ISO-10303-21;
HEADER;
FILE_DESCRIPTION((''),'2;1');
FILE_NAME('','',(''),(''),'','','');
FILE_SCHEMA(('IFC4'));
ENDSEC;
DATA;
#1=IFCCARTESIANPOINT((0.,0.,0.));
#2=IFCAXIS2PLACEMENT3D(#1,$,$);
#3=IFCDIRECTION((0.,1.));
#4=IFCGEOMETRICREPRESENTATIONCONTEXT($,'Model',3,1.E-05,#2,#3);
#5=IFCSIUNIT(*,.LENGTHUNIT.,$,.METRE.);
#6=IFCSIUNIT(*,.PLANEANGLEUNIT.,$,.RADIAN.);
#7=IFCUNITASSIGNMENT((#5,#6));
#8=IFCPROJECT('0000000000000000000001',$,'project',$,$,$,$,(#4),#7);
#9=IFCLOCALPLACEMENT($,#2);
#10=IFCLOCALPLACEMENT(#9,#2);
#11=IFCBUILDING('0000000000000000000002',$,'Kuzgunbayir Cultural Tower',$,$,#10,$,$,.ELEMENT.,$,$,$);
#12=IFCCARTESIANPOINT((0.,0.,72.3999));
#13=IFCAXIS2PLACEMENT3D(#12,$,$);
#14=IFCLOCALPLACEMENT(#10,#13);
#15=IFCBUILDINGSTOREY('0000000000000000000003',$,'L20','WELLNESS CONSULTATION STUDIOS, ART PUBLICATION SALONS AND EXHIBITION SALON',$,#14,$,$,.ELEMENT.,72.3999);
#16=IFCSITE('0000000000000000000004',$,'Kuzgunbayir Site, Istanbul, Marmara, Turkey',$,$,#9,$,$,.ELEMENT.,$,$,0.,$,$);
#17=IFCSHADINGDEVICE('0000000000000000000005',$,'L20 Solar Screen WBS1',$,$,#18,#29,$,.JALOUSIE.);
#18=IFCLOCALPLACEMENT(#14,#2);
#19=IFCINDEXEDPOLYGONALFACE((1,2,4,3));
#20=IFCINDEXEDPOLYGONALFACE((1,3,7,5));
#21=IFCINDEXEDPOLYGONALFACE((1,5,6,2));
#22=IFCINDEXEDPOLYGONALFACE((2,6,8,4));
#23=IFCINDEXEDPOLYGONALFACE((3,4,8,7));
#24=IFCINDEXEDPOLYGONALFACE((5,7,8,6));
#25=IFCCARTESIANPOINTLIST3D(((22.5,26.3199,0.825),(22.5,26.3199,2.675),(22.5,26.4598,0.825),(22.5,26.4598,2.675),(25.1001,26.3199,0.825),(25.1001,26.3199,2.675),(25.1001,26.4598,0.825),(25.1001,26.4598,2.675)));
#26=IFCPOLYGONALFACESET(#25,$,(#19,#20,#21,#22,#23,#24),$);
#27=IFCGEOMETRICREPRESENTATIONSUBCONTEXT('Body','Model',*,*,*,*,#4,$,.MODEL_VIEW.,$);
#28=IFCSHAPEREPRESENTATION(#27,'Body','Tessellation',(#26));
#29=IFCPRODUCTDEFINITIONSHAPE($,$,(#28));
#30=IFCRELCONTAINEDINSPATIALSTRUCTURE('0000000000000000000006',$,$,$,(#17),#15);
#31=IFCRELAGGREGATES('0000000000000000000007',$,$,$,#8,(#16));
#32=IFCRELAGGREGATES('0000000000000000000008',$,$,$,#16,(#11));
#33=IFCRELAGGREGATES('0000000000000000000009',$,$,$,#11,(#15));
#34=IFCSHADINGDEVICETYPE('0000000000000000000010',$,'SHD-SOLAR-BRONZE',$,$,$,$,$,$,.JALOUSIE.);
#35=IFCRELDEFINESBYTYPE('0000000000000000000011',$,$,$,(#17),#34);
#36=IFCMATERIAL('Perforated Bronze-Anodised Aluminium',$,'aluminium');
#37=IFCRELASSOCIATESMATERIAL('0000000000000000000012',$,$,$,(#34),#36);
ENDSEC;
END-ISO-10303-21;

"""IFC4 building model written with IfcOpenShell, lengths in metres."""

from ifc_helpers import new_model, si_unit, direction, frame, origin, origin_2d, place, context, subcontext, project, spatial, rectangle, extrude, material, type_object, element, save


model = new_model("IFC4")

# Units and contexts
model_context = context("Model", 3, precision=1e-05, world=origin(), true_north=direction((0.0, 1.0)))
body_context = subcontext(model_context, "Body", "Model", "MODEL_VIEW")
ifc_project = project(units=[si_unit("LENGTHUNIT", "METRE"), si_unit("PLANEANGLEUNIT", "RADIAN")], contexts=[model_context])

# Site, building, storey
site_placement = place(None, origin())
site = spatial("IfcSite", under=ifc_project, at=site_placement, Name="Kuzgunbayir Site, Istanbul, Marmara, Turkey", CompositionType="ELEMENT", RefElevation=0.0)
building_placement = place(site_placement, origin())
building = spatial("IfcBuilding", under=site, at=building_placement, Name="Kuzgunbayir Cultural Tower", CompositionType="ELEMENT")
storey_placement = place(building_placement, frame((0.0, 0.0, 72.3999)))
storey = spatial("IfcBuildingStorey", under=building, at=storey_placement, Name="L20", Description="WELLNESS CONSULTATION STUDIOS, ART PUBLICATION SALONS AND EXHIBITION SALON", CompositionType="ELEMENT", Elevation=72.3999)

# Shading device
ifc_material_1 = material(Name="Perforated Bronze-Anodised Aluminium", Category="aluminium")
shading_device_type = type_object("IfcShadingDeviceType", Name="SHD-SOLAR-BRONZE", PredefinedType="JALOUSIE", material=ifc_material_1)
shading_device_placement = place(storey_placement, frame((23.8, 26.3899, 0.825), z_axis=(0.0, 0.0, 1.0), x_axis=(1.0, 0.0, 0.0)))
element("IfcShadingDevice", 1, at=shading_device_placement, inside=storey, type_object=shading_device_type, Name="L20 Solar Screen WBS1", PredefinedType="JALOUSIE", context=body_context, shape_type="SweptSolid", body=[
    extrude(rectangle(XDim=2.6001, YDim=0.1399, at=origin_2d()), origin(), (0.0, 0.0, 1.0), 1.8501),
])

save(model, "model.ifc")
